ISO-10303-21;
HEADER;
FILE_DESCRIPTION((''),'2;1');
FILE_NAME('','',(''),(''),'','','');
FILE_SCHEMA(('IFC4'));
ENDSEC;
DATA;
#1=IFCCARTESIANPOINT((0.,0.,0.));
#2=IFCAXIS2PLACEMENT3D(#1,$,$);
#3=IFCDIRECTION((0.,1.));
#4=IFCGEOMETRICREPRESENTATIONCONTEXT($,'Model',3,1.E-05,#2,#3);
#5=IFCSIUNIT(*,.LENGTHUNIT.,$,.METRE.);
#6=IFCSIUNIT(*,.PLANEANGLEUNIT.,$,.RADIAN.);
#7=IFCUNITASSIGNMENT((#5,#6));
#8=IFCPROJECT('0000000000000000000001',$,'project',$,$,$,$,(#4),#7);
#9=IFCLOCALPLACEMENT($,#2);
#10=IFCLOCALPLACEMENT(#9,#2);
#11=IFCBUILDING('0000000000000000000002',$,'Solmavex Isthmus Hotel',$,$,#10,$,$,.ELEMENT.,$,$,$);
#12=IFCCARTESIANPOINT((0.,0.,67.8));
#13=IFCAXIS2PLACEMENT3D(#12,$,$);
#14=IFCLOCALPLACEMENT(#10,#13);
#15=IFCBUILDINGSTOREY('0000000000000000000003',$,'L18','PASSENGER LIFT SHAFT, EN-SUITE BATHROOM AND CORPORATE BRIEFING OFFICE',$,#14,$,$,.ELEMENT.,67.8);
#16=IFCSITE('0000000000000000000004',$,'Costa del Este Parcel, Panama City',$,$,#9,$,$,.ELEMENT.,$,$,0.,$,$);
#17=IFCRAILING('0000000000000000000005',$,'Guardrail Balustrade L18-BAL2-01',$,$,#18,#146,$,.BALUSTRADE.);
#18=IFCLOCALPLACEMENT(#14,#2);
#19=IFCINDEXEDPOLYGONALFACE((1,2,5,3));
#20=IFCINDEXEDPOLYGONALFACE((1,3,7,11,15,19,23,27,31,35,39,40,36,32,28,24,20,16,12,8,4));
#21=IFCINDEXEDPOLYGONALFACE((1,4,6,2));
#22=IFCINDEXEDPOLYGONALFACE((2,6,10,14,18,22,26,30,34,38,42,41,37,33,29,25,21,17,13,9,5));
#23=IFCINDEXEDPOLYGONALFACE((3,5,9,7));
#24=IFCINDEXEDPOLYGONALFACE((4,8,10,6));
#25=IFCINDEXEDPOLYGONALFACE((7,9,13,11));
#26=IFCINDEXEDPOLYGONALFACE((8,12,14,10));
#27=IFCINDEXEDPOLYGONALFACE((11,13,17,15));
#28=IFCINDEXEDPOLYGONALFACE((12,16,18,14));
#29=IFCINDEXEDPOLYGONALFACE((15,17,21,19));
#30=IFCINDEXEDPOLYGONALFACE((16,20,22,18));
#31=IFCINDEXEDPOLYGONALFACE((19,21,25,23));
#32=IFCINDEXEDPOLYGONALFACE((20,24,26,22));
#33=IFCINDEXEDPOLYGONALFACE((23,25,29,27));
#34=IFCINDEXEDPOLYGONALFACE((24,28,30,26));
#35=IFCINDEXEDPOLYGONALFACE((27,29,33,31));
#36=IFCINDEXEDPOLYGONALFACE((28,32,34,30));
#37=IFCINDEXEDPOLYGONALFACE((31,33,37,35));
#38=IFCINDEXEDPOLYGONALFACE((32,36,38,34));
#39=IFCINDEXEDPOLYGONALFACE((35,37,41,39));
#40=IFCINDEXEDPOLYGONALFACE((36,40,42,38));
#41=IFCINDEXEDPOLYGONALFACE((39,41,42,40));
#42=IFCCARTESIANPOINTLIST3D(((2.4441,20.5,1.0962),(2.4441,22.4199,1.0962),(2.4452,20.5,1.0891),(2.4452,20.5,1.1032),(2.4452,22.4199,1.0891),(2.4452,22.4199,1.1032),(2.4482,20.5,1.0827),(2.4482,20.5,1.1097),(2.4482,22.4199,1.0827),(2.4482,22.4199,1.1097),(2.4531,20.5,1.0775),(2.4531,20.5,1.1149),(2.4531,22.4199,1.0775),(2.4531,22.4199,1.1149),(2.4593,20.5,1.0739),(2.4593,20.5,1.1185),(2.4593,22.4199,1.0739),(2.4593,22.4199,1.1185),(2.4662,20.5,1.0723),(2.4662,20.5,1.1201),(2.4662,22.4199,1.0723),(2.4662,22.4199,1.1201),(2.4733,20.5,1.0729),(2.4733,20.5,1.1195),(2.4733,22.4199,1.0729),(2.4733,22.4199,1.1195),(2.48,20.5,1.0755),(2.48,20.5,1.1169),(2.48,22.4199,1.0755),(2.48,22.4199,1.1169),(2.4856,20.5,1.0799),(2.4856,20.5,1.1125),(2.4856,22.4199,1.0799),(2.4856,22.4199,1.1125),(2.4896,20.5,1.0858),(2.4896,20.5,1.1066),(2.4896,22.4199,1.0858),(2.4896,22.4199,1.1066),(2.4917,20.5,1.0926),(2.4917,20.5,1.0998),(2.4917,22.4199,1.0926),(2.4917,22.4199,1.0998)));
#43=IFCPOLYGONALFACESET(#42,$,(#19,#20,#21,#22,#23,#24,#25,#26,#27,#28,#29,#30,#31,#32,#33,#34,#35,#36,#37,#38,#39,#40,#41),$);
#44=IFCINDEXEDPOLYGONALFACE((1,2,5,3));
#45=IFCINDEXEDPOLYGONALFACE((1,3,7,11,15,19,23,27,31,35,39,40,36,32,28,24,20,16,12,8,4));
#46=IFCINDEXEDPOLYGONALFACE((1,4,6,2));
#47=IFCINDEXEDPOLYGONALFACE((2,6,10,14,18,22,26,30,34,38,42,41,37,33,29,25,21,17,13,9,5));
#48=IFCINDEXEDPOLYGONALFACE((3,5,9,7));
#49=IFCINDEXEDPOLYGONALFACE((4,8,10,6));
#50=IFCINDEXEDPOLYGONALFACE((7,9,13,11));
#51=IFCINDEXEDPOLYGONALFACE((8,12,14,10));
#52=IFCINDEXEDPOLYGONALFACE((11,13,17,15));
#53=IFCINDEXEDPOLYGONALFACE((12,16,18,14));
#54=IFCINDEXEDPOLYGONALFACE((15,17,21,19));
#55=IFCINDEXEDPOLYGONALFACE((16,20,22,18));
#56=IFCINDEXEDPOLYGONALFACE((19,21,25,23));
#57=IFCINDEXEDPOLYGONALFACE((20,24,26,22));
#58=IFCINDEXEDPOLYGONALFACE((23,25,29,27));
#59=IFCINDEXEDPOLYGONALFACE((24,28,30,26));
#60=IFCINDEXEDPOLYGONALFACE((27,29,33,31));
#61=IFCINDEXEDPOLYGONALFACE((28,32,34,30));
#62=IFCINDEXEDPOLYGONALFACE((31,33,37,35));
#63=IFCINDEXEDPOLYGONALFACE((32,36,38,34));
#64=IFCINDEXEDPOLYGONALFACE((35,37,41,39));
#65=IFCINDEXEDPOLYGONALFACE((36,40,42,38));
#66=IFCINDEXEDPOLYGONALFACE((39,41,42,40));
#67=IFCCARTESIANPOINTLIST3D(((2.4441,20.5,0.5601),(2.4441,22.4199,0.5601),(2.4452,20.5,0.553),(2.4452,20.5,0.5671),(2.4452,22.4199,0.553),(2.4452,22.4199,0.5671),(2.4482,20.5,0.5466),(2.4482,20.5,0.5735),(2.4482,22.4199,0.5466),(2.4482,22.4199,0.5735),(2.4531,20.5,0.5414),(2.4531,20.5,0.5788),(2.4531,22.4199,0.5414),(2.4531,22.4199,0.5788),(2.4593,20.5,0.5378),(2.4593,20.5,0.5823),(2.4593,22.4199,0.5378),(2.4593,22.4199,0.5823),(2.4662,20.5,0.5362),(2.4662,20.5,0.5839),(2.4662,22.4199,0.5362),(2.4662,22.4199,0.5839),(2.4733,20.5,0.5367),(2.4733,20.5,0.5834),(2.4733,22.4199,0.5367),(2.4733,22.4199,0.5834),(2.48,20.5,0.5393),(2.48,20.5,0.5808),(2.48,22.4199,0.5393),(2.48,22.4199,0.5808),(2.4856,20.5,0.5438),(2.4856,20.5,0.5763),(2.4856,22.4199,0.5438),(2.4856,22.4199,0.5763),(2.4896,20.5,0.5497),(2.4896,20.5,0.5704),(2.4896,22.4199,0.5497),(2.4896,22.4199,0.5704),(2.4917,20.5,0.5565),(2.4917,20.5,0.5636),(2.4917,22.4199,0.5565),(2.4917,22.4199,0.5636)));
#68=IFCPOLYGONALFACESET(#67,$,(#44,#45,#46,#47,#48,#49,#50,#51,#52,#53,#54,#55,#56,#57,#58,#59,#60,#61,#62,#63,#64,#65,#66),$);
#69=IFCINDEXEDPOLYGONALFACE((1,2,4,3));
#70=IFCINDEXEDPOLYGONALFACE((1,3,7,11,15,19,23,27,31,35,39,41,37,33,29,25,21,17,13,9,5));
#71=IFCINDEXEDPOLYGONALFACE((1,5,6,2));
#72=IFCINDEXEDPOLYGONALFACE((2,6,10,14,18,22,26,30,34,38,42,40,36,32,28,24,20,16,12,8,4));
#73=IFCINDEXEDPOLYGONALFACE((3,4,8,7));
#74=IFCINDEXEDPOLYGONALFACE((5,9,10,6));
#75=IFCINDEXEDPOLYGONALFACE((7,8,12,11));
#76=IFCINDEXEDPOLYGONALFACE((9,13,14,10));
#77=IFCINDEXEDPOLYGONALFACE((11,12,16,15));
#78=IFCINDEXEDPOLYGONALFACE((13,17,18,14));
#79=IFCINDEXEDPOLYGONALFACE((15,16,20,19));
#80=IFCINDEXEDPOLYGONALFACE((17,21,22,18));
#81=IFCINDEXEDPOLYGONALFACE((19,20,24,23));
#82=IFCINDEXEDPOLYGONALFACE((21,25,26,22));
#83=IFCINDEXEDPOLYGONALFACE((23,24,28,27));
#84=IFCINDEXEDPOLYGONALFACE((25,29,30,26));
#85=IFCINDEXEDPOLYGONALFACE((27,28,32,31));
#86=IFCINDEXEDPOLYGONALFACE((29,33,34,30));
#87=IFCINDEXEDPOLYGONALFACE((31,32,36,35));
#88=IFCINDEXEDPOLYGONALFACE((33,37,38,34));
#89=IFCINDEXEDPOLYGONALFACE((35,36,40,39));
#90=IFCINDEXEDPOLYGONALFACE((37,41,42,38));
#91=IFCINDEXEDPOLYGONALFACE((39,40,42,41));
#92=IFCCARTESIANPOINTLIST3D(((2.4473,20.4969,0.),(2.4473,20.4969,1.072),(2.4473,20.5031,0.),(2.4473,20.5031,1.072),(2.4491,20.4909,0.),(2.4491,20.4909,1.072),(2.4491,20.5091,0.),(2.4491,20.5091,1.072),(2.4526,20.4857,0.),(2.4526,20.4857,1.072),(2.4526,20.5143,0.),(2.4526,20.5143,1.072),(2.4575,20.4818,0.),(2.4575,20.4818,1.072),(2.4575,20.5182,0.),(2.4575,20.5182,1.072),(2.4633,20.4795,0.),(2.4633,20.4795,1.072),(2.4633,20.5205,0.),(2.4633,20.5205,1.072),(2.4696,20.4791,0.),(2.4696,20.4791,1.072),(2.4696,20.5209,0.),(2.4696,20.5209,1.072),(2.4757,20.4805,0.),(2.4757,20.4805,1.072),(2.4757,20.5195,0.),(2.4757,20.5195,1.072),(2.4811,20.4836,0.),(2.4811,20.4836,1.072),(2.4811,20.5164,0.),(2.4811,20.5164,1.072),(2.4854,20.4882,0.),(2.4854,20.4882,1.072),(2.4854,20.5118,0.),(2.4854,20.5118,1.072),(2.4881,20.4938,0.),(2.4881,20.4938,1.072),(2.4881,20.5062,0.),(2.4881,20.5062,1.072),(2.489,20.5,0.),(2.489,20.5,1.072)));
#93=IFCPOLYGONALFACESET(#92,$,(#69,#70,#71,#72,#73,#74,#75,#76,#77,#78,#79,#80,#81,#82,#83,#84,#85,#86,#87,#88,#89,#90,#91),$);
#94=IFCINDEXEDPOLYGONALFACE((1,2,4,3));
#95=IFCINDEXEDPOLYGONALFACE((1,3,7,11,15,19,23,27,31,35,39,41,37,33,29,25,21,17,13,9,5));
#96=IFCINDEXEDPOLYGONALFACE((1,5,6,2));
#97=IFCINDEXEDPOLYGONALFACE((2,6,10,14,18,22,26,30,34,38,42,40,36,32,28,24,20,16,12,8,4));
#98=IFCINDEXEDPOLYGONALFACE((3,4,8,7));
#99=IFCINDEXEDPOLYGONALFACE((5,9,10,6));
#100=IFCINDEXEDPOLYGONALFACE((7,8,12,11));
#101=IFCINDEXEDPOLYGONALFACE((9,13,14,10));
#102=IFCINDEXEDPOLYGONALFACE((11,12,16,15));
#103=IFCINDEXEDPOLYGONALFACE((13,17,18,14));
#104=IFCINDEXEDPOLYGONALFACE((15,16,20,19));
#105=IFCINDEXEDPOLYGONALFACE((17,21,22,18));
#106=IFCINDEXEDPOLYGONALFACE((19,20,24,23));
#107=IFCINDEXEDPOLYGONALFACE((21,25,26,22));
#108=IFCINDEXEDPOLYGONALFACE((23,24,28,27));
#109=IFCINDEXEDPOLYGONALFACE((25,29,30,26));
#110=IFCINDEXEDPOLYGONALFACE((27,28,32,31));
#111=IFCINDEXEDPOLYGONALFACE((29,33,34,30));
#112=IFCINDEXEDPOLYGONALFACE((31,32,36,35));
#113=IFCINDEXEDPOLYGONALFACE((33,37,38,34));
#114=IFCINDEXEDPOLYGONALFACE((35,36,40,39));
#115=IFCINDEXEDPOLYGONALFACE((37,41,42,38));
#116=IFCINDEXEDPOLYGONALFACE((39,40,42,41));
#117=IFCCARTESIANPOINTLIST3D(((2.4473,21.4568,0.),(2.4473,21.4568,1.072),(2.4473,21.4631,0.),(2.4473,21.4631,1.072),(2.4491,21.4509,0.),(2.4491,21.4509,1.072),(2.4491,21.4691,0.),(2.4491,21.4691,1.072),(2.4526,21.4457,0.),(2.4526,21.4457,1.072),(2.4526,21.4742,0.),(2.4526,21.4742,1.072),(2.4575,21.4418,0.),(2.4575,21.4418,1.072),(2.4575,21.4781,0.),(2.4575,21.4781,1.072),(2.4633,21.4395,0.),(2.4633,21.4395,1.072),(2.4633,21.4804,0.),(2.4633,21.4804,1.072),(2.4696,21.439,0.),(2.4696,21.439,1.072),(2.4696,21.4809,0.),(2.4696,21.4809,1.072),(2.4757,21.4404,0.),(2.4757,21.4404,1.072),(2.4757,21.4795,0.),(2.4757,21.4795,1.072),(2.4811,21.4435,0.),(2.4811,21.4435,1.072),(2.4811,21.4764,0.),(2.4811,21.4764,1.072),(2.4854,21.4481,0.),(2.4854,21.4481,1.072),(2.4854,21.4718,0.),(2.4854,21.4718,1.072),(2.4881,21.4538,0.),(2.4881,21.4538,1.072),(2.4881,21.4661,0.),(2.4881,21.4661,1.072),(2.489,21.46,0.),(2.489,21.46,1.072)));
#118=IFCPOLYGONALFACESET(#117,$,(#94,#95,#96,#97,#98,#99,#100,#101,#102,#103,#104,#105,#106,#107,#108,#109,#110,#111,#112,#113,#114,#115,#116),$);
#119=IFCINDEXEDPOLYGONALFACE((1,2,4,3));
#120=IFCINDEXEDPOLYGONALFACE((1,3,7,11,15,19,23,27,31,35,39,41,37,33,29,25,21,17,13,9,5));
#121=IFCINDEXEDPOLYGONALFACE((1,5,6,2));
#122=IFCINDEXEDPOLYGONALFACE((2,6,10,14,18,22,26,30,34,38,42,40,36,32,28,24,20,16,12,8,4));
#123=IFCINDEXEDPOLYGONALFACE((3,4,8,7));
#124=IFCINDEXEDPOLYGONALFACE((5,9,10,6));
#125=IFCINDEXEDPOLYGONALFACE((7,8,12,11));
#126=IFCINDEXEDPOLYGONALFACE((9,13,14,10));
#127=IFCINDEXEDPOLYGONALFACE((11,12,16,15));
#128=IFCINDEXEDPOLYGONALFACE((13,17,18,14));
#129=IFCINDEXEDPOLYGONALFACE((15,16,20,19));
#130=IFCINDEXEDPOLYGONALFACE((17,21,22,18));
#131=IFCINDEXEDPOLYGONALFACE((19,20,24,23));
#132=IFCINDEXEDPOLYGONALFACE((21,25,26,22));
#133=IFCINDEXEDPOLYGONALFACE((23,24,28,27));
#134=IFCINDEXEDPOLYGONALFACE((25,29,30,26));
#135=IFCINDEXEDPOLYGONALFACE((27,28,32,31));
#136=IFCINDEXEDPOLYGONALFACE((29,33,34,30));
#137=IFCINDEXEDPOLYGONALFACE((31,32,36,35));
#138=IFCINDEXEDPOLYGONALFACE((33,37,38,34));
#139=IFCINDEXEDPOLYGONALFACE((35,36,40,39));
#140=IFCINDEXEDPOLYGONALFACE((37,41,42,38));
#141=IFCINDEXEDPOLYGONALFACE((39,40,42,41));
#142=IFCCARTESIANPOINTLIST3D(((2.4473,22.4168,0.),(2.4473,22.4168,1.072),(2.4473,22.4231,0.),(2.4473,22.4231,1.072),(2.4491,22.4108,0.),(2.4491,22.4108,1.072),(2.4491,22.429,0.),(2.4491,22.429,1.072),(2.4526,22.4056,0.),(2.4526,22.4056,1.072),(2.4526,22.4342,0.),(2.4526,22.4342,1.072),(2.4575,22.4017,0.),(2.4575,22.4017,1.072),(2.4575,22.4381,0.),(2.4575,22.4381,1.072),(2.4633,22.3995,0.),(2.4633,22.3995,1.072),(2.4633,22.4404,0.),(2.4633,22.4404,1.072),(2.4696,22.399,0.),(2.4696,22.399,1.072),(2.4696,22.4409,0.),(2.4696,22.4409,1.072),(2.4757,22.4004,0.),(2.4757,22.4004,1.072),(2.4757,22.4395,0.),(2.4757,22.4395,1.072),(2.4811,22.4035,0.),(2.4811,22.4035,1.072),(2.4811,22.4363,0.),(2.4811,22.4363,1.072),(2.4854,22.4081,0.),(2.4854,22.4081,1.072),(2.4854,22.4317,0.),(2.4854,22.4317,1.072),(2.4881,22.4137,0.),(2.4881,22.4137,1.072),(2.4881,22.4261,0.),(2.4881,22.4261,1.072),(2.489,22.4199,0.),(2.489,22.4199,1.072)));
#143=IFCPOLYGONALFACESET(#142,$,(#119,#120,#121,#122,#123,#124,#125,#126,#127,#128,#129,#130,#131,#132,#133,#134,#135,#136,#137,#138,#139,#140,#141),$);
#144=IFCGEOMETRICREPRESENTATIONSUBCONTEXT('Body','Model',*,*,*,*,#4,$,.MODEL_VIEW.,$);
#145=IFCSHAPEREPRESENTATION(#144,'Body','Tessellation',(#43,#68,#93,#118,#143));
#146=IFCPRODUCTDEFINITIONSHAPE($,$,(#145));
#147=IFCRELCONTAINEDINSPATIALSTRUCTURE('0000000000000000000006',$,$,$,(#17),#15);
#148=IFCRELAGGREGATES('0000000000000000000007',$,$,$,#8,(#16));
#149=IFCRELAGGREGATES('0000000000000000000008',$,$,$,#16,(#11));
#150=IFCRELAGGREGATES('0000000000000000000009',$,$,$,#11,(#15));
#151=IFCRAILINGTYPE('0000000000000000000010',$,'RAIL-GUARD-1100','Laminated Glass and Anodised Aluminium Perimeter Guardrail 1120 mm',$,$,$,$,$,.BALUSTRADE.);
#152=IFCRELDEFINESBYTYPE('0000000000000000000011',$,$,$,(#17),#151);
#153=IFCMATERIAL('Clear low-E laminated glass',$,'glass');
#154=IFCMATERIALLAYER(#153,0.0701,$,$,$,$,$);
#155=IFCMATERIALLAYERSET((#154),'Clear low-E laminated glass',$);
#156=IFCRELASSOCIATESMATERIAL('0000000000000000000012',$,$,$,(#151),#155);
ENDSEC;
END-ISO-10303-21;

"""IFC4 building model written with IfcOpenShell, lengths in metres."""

from ifc_helpers import new_model, si_unit, direction, frame, origin, origin_2d, place, context, subcontext, project, spatial, circle, extrude, material, layer, layer_set, type_object, element, save


model = new_model("IFC4")

# Units and contexts
model_context = context("Model", 3, precision=1e-05, world=origin(), true_north=direction((0.0, 1.0)))
body_context = subcontext(model_context, "Body", "Model", "MODEL_VIEW")
ifc_project = project(units=[si_unit("LENGTHUNIT", "METRE"), si_unit("PLANEANGLEUNIT", "RADIAN")], contexts=[model_context])

# Site, building, storey
site_placement = place(None, origin())
site = spatial("IfcSite", under=ifc_project, at=site_placement, Name="Costa del Este Parcel, Panama City", CompositionType="ELEMENT", RefElevation=0.0)
building_placement = place(site_placement, origin())
building = spatial("IfcBuilding", under=site, at=building_placement, Name="Solmavex Isthmus Hotel", CompositionType="ELEMENT")
storey_placement = place(building_placement, frame((0.0, 0.0, 67.8)))
storey = spatial("IfcBuildingStorey", under=building, at=storey_placement, Name="L18", Description="PASSENGER LIFT SHAFT, EN-SUITE BATHROOM AND CORPORATE BRIEFING OFFICE", CompositionType="ELEMENT", Elevation=67.8)

# Shared definitions
ifc_material_1 = material(Name="Clear low-E laminated glass", Category="glass")

# Railing
ifc_layer_1 = layer(ifc_material_1, 0.0701)
ifc_layer_set_1 = layer_set([ifc_layer_1], Name="Clear low-E laminated glass")
railing_type = type_object("IfcRailingType", Name="RAIL-GUARD-1100", Description="Laminated Glass and Anodised Aluminium Perimeter Guardrail 1120 mm", PredefinedType="BALUSTRADE", material=ifc_layer_set_1)
railing_1_placement = place(storey_placement, frame((2.468, 20.5, 0.0)))
element("IfcRailing", 1, at=railing_1_placement, inside=storey, type_object=railing_type, Name="Guardrail Balustrade L18-BAL2-01", PredefinedType="BALUSTRADE", context=body_context, shape_type="SweptSolid", body=[
    extrude(circle(Radius=0.0239, at=origin_2d()), frame((0.0, 0.0, 1.0962), z_axis=(0.0, 1.0, 0.0), x_axis=(-1.0, 0.0, 0.0)), (0.0, 0.0, 1.0), 1.9199),
    extrude(circle(Radius=0.0239, at=origin_2d()), frame((0.0, 0.0, 0.5601), z_axis=(0.0, 1.0, 0.0), x_axis=(-1.0, 0.0, 0.0)), (0.0, 0.0, 1.0), 1.9199),
    extrude(circle(Radius=0.021, at=origin_2d()), origin(), (0.0, 0.0, 1.0), 1.072),
    extrude(circle(Radius=0.021, at=origin_2d()), frame((0.0, 0.96, 0.0)), (0.0, 0.0, 1.0), 1.072),
    extrude(circle(Radius=0.021, at=origin_2d()), frame((0.0, 1.9199, 0.0)), (0.0, 0.0, 1.0), 1.072),
])

save(model, "model.ifc")
